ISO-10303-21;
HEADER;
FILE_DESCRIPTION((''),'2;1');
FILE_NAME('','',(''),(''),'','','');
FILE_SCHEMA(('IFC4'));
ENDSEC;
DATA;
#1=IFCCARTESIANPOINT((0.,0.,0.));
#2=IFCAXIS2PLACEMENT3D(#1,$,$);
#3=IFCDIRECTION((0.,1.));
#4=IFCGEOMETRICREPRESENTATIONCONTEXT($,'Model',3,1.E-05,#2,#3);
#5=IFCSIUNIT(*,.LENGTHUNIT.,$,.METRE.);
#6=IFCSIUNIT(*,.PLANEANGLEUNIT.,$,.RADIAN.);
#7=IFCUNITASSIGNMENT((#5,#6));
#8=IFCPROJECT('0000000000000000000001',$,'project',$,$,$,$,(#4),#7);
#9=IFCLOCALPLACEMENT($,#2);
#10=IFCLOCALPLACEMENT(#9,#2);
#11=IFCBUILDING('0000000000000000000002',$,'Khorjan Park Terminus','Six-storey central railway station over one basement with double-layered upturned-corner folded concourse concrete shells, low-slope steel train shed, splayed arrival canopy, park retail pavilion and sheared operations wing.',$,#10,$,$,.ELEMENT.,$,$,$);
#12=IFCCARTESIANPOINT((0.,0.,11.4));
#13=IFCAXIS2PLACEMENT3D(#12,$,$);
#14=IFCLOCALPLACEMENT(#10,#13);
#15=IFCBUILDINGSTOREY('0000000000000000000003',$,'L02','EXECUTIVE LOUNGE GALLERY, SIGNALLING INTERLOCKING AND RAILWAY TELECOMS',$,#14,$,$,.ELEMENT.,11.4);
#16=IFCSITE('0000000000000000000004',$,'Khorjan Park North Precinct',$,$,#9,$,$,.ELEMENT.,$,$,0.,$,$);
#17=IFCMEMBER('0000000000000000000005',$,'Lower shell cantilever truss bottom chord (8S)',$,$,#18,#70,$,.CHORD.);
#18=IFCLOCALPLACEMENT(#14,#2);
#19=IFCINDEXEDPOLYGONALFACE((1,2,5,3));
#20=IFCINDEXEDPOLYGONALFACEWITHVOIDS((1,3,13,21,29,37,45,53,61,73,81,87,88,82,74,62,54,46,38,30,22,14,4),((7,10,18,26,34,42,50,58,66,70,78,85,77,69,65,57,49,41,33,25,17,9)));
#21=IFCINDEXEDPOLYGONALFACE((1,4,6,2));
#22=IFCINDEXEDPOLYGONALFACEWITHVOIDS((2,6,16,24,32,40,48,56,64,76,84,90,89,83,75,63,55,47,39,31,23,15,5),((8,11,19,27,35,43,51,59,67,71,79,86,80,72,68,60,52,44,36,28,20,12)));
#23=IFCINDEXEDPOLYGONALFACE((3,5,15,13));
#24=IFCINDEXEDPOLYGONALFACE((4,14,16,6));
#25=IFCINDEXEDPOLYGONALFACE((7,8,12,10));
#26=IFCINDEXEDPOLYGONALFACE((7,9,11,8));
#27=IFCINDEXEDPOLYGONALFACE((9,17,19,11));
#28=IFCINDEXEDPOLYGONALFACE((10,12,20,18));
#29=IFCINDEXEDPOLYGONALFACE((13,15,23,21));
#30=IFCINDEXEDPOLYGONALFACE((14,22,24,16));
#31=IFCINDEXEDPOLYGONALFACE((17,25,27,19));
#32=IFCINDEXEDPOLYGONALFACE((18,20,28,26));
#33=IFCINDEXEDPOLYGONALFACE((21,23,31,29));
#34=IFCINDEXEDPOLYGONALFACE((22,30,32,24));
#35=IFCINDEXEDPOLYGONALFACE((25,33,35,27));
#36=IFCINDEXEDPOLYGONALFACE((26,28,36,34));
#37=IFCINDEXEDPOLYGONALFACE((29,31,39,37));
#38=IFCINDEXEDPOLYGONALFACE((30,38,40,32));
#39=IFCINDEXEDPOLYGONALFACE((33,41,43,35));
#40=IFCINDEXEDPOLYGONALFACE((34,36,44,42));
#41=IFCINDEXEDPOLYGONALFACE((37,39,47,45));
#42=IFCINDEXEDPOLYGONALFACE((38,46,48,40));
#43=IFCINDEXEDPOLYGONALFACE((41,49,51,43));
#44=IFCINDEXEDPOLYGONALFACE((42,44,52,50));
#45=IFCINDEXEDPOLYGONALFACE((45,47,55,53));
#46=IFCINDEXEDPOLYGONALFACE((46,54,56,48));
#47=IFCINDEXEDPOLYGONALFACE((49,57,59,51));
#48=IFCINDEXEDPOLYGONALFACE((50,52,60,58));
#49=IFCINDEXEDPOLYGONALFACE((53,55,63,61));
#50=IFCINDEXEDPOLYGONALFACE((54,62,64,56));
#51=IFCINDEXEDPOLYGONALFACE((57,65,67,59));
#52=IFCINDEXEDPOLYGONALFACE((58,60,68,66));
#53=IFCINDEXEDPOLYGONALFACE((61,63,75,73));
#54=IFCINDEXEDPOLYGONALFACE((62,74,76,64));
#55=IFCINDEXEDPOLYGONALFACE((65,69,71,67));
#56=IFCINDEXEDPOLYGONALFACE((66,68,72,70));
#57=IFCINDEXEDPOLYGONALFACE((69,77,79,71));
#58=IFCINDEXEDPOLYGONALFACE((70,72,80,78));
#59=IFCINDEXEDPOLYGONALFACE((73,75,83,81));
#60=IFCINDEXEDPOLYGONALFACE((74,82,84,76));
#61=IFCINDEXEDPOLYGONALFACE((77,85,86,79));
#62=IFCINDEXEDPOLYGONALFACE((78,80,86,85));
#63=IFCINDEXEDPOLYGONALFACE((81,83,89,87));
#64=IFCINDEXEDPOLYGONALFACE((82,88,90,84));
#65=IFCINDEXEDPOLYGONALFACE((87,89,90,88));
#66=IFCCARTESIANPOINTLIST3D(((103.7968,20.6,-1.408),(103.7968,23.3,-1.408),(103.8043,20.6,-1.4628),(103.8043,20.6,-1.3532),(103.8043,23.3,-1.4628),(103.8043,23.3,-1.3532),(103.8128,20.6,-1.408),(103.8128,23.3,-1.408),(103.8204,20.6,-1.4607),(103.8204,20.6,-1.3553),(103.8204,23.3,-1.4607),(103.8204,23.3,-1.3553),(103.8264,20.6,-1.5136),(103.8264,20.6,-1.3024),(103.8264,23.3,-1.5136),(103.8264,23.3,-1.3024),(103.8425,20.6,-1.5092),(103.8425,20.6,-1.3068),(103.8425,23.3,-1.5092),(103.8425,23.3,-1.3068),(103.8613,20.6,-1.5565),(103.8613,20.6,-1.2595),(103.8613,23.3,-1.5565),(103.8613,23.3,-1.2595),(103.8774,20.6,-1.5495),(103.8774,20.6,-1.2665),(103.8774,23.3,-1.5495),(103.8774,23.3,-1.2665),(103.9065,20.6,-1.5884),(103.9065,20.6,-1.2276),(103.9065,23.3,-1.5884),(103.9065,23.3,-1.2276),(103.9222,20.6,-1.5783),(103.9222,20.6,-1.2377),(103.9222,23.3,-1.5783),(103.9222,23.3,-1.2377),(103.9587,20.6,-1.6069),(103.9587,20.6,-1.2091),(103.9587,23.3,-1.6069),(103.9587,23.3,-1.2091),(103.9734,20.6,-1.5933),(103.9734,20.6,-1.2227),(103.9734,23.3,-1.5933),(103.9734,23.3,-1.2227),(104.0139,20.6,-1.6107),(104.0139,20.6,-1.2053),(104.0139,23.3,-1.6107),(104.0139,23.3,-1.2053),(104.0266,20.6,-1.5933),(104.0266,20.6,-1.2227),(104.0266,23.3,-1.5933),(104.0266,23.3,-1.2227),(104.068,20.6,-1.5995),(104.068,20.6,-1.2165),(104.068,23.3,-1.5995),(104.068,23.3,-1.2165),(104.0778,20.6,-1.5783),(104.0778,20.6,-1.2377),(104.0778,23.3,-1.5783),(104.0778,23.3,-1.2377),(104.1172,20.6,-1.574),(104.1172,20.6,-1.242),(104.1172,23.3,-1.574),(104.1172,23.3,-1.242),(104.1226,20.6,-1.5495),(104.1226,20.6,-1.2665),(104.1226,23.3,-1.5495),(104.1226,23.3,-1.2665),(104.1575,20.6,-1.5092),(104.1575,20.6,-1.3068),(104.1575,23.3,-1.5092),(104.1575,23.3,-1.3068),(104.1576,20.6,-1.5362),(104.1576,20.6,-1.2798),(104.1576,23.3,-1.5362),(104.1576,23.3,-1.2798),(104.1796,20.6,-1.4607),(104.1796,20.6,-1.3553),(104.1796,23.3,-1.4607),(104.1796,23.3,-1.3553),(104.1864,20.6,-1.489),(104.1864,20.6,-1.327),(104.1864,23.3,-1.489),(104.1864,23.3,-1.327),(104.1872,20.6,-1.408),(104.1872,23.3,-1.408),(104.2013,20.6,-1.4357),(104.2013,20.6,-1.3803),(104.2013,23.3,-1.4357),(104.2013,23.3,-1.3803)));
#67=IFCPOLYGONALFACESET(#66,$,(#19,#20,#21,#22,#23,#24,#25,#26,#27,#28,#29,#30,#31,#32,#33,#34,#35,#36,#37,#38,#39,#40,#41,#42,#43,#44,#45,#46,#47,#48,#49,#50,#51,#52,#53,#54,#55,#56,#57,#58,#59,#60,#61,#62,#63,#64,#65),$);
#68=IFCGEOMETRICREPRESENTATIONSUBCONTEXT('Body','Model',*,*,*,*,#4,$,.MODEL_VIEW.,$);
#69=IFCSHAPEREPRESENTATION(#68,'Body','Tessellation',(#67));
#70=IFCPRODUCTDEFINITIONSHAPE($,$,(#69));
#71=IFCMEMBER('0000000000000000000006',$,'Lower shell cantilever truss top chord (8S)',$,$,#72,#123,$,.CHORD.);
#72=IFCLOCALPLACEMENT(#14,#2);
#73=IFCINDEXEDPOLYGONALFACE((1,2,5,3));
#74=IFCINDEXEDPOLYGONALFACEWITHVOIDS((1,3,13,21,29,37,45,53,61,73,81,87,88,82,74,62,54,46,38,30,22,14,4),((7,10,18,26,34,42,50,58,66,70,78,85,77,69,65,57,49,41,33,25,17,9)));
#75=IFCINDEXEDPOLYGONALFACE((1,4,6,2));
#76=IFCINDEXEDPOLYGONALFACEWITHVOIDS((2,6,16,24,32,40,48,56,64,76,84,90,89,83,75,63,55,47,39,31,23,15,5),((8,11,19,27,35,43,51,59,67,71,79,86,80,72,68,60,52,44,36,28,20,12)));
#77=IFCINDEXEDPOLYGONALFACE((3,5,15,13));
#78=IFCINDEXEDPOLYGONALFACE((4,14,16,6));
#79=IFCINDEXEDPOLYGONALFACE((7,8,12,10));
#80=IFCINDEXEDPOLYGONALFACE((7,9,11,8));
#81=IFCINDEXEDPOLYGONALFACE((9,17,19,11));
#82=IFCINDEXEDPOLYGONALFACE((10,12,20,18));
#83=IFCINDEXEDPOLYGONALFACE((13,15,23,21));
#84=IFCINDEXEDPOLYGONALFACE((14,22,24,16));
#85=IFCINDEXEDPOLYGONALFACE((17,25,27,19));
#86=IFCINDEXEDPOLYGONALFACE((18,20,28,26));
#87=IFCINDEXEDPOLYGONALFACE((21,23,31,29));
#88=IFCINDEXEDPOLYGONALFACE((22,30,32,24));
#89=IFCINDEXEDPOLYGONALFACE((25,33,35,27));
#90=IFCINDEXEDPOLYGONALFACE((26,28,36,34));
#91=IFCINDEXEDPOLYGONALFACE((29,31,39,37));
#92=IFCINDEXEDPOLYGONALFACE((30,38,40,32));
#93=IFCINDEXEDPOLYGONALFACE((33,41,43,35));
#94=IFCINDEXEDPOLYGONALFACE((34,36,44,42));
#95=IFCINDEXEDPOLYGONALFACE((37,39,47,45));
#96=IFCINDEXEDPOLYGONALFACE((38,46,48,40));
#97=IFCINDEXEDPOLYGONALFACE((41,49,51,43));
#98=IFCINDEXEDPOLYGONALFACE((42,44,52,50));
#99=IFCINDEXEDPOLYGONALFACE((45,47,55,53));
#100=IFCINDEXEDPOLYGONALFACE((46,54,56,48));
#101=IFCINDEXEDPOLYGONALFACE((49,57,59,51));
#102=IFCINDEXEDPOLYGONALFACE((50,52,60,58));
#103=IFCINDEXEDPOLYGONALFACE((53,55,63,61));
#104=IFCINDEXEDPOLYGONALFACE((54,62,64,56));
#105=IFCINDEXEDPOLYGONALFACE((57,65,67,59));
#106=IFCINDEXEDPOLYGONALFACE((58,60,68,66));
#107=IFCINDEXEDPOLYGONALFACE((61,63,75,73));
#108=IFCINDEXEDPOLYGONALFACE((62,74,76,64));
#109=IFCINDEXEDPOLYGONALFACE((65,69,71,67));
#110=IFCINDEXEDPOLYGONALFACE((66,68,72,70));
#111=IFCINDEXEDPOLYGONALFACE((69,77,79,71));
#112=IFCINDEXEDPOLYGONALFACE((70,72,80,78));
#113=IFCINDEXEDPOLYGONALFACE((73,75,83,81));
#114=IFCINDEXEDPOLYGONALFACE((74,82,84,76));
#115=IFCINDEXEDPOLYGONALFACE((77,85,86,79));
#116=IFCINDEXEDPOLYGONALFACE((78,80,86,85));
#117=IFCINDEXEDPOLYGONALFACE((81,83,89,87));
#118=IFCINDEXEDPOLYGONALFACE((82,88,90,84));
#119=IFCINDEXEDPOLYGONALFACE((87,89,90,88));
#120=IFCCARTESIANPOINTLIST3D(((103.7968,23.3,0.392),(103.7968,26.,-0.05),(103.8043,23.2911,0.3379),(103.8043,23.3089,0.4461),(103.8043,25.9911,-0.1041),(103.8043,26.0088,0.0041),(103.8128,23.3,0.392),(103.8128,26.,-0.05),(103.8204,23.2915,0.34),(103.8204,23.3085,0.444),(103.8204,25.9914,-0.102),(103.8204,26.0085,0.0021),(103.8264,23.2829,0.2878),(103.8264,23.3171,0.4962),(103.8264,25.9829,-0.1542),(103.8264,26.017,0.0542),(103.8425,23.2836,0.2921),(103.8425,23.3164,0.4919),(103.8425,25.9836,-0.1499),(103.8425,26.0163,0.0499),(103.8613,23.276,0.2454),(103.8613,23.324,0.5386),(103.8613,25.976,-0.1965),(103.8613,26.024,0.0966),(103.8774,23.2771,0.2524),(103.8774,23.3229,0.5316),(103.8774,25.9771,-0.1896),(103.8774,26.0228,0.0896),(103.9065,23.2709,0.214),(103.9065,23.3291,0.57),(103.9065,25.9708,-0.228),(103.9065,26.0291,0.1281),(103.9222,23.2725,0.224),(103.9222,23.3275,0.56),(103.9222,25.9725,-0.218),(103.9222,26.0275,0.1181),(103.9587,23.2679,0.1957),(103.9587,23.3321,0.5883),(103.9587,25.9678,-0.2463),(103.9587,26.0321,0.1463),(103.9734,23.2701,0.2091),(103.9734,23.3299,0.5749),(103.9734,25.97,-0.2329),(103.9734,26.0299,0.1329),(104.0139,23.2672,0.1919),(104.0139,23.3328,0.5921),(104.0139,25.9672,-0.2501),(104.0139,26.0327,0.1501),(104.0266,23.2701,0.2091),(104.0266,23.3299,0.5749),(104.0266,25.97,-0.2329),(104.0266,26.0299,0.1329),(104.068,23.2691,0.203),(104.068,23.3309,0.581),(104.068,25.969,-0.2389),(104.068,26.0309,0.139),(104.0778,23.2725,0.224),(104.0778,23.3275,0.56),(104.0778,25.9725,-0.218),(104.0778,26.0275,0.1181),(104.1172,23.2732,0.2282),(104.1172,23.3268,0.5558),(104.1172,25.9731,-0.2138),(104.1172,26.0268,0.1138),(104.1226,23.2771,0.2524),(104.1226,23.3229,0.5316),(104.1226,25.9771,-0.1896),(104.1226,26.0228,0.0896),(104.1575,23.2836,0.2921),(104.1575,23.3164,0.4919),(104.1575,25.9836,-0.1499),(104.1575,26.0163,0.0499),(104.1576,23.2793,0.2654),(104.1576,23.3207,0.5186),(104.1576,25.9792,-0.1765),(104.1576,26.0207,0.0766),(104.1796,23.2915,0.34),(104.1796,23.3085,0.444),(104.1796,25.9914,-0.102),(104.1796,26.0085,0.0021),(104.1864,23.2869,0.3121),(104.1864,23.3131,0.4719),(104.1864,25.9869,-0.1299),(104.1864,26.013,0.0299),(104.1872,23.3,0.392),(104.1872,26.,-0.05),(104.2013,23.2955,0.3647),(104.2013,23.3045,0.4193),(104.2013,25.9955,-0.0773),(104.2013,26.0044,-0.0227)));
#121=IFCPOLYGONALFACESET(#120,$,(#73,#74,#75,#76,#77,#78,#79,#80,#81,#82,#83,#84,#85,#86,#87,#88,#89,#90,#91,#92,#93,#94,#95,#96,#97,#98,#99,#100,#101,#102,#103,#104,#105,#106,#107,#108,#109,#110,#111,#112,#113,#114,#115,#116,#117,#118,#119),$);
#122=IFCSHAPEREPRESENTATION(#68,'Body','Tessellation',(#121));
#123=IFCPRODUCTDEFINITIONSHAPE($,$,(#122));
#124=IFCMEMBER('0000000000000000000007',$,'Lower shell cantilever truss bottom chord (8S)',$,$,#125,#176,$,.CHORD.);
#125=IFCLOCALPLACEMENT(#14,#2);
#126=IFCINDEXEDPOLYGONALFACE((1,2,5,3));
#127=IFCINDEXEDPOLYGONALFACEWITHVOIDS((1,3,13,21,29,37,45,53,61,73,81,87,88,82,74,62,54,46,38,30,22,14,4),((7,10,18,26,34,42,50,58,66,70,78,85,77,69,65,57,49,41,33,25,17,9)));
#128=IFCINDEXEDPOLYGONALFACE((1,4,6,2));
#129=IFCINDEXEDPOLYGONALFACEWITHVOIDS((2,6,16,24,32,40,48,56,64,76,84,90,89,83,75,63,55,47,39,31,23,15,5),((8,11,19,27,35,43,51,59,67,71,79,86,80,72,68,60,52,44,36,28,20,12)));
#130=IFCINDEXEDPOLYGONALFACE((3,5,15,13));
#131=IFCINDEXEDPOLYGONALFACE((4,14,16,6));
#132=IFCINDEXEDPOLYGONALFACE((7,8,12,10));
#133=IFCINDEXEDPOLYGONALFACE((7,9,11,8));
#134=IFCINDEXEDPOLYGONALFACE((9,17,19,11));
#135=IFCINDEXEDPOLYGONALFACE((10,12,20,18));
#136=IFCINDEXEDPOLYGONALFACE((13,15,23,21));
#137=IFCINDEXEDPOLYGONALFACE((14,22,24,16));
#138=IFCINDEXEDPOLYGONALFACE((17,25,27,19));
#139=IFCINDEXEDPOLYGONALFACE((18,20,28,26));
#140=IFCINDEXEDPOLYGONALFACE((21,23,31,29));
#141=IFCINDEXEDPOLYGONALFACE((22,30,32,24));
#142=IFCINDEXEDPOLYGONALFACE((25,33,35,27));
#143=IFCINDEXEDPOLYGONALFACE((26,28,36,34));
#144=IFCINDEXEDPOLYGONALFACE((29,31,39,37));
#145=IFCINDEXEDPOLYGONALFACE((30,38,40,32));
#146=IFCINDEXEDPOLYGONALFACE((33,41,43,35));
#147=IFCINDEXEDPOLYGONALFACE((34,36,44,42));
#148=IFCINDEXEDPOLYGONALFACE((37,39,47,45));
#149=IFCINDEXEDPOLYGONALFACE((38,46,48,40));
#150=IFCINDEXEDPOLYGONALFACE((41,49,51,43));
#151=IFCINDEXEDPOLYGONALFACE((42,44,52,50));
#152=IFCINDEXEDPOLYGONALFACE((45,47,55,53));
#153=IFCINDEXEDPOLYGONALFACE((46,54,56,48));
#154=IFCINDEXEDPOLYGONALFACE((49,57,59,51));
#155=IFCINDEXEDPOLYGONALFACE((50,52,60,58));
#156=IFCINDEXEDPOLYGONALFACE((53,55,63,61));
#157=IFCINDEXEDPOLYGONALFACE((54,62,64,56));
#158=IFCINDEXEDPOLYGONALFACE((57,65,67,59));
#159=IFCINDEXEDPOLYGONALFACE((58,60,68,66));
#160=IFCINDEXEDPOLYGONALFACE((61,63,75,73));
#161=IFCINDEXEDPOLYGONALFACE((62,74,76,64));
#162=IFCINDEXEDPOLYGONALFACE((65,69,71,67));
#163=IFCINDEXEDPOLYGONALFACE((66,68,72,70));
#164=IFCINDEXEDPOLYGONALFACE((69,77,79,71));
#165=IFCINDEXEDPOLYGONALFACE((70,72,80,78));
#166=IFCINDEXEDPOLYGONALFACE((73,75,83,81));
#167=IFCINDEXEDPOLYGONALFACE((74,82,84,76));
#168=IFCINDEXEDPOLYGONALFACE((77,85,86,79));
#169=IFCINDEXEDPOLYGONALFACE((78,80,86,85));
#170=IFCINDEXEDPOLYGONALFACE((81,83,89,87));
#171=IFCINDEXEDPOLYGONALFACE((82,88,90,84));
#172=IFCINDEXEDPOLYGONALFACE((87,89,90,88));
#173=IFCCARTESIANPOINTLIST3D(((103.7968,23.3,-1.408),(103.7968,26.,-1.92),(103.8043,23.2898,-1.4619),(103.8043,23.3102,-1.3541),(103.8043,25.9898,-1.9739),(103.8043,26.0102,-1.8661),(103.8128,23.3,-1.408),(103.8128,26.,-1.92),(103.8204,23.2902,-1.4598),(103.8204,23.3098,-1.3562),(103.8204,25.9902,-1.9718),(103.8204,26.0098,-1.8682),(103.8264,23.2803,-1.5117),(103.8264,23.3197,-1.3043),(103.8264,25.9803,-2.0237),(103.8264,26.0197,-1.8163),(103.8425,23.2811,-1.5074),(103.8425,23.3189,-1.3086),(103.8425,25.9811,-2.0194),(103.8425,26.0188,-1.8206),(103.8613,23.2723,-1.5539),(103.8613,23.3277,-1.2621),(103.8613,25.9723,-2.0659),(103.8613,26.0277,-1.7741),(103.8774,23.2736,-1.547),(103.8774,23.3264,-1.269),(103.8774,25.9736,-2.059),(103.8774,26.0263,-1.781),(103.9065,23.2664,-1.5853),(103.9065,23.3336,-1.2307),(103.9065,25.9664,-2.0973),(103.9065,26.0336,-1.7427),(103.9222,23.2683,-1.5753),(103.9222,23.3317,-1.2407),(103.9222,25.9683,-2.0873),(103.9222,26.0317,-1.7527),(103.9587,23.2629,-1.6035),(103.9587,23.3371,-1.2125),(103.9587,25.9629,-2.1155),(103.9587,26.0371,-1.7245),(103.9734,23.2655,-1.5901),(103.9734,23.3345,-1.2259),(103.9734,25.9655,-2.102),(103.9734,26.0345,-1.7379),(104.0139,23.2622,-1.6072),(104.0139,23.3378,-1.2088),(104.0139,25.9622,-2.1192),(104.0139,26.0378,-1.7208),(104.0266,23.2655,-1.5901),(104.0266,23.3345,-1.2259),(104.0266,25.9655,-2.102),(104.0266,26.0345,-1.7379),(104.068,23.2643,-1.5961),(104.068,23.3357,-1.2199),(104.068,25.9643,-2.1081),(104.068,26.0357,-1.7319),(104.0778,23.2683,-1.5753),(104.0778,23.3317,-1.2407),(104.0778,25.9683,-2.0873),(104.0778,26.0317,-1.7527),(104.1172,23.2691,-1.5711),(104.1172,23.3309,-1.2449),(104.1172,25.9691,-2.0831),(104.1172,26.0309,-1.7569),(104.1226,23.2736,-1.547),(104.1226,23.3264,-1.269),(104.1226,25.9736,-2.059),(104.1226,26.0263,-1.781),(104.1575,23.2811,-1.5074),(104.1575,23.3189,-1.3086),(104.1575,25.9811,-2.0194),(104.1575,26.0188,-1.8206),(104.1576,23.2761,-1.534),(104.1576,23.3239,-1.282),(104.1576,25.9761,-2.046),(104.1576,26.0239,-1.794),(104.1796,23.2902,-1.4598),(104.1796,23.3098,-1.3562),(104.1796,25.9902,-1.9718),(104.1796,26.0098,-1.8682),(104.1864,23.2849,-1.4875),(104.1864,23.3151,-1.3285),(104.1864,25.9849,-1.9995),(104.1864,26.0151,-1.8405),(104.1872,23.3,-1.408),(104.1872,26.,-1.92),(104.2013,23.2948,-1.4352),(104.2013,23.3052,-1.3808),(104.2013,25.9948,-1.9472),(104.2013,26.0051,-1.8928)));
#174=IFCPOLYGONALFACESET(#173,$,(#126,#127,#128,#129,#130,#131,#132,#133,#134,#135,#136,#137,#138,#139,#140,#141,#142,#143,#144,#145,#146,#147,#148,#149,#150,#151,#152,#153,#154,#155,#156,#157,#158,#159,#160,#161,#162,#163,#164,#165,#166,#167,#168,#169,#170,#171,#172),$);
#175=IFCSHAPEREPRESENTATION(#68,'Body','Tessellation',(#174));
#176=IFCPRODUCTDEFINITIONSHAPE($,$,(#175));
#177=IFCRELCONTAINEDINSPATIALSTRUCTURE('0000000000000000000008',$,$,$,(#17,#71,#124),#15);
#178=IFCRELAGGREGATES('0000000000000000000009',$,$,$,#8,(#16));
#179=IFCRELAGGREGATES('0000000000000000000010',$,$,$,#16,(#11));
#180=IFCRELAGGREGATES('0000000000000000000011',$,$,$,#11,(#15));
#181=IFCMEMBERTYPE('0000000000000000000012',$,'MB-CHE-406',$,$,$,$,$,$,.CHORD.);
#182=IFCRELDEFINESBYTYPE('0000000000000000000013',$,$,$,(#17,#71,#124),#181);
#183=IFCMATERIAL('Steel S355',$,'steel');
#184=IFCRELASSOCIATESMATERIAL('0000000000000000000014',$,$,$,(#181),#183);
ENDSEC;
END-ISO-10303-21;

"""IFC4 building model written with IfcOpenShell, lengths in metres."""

from ifc_helpers import new_model, si_unit, direction, frame, origin, origin_2d, place, context, subcontext, project, spatial, hollow_circle, extrude, material, material_profile, profile_set, type_object, element, save


model = new_model("IFC4")

# Units and contexts
model_context = context("Model", 3, precision=1e-05, world=origin(), true_north=direction((0.0, 1.0)))
body_context = subcontext(model_context, "Body", "Model", "MODEL_VIEW")
ifc_project = project(units=[si_unit("LENGTHUNIT", "METRE"), si_unit("PLANEANGLEUNIT", "RADIAN")], contexts=[model_context])

# Site, building, storey
site_placement = place(None, origin())
site = spatial("IfcSite", under=ifc_project, at=site_placement, Name="Khorjan Park North Precinct", CompositionType="ELEMENT", RefElevation=0.0)
building_placement = place(site_placement, origin())
building = spatial("IfcBuilding", under=site, at=building_placement, Name="Khorjan Park Terminus", Description="Six-storey central railway station over one basement with double-layered upturned-corner folded concourse concrete shells, low-slope steel train shed, splayed arrival canopy, park retail pavilion and sheared operations wing.", CompositionType="ELEMENT")
storey_placement = place(building_placement, frame((0.0, 0.0, 11.4)))
storey = spatial("IfcBuildingStorey", under=building, at=storey_placement, Name="L02", Description="EXECUTIVE LOUNGE GALLERY, SIGNALLING INTERLOCKING AND RAILWAY TELECOMS", CompositionType="ELEMENT", Elevation=11.4)

# Members
ifc_material_1 = material(Name="Steel S355", Category="steel")
ifc_material_profile_1 = material_profile(ifc_material_1, hollow_circle(Radius=0.2032, WallThickness=0.016, at=origin_2d()), Name="CHS 406.4x16")
ifc_profile_set_1 = profile_set([ifc_material_profile_1], Name="Steel S355")
member_type_1 = type_object("IfcMemberType", Name="MB-CHE-406", PredefinedType="CHORD", material=ifc_profile_set_1)
for number, where, z_axis, x_axis, name in (
    (1, (104.0, 20.6, -1.408), (0.0, 1.0, 0.0), (-1.0, 0.0, 0.0), "Lower shell cantilever truss bottom chord (8S)"),
):
    element("IfcMember", number, at=place(storey_placement, frame(where, z_axis=z_axis, x_axis=x_axis)), inside=storey, type_object=member_type_1, Name=name, PredefinedType="CHORD", context=body_context, shape_type="SweptSolid", body=[
        extrude(hollow_circle(Radius=0.2032, WallThickness=0.016, at=origin_2d()), origin(), (0.0, 0.0, 1.0), 2.7),
    ])
member_1_placement = place(storey_placement, frame((104.0, 23.3, 0.392), z_axis=(0.0, 0.986864, -0.161553), x_axis=(-1.0, 0.0, 0.0)))
element("IfcMember", 2, at=member_1_placement, inside=storey, type_object=member_type_1, Name="Lower shell cantilever truss top chord (8S)", PredefinedType="CHORD", context=body_context, shape_type="SweptSolid", body=[
    extrude(hollow_circle(Radius=0.2032, WallThickness=0.016, at=origin_2d()), origin(), (0.0, 0.0, 1.0), 2.7359),
])
member_2_placement = place(storey_placement, frame((104.0, 23.3, -1.408), z_axis=(0.0, 0.982491, -0.186309), x_axis=(-1.0, 0.0, 0.0)))
element("IfcMember", 3, at=member_2_placement, inside=storey, type_object=member_type_1, Name="Lower shell cantilever truss bottom chord (8S)", PredefinedType="CHORD", context=body_context, shape_type="SweptSolid", body=[
    extrude(hollow_circle(Radius=0.2032, WallThickness=0.016, at=origin_2d()), origin(), (0.0, 0.0, 1.0), 2.7481),
])

save(model, "model.ifc")
